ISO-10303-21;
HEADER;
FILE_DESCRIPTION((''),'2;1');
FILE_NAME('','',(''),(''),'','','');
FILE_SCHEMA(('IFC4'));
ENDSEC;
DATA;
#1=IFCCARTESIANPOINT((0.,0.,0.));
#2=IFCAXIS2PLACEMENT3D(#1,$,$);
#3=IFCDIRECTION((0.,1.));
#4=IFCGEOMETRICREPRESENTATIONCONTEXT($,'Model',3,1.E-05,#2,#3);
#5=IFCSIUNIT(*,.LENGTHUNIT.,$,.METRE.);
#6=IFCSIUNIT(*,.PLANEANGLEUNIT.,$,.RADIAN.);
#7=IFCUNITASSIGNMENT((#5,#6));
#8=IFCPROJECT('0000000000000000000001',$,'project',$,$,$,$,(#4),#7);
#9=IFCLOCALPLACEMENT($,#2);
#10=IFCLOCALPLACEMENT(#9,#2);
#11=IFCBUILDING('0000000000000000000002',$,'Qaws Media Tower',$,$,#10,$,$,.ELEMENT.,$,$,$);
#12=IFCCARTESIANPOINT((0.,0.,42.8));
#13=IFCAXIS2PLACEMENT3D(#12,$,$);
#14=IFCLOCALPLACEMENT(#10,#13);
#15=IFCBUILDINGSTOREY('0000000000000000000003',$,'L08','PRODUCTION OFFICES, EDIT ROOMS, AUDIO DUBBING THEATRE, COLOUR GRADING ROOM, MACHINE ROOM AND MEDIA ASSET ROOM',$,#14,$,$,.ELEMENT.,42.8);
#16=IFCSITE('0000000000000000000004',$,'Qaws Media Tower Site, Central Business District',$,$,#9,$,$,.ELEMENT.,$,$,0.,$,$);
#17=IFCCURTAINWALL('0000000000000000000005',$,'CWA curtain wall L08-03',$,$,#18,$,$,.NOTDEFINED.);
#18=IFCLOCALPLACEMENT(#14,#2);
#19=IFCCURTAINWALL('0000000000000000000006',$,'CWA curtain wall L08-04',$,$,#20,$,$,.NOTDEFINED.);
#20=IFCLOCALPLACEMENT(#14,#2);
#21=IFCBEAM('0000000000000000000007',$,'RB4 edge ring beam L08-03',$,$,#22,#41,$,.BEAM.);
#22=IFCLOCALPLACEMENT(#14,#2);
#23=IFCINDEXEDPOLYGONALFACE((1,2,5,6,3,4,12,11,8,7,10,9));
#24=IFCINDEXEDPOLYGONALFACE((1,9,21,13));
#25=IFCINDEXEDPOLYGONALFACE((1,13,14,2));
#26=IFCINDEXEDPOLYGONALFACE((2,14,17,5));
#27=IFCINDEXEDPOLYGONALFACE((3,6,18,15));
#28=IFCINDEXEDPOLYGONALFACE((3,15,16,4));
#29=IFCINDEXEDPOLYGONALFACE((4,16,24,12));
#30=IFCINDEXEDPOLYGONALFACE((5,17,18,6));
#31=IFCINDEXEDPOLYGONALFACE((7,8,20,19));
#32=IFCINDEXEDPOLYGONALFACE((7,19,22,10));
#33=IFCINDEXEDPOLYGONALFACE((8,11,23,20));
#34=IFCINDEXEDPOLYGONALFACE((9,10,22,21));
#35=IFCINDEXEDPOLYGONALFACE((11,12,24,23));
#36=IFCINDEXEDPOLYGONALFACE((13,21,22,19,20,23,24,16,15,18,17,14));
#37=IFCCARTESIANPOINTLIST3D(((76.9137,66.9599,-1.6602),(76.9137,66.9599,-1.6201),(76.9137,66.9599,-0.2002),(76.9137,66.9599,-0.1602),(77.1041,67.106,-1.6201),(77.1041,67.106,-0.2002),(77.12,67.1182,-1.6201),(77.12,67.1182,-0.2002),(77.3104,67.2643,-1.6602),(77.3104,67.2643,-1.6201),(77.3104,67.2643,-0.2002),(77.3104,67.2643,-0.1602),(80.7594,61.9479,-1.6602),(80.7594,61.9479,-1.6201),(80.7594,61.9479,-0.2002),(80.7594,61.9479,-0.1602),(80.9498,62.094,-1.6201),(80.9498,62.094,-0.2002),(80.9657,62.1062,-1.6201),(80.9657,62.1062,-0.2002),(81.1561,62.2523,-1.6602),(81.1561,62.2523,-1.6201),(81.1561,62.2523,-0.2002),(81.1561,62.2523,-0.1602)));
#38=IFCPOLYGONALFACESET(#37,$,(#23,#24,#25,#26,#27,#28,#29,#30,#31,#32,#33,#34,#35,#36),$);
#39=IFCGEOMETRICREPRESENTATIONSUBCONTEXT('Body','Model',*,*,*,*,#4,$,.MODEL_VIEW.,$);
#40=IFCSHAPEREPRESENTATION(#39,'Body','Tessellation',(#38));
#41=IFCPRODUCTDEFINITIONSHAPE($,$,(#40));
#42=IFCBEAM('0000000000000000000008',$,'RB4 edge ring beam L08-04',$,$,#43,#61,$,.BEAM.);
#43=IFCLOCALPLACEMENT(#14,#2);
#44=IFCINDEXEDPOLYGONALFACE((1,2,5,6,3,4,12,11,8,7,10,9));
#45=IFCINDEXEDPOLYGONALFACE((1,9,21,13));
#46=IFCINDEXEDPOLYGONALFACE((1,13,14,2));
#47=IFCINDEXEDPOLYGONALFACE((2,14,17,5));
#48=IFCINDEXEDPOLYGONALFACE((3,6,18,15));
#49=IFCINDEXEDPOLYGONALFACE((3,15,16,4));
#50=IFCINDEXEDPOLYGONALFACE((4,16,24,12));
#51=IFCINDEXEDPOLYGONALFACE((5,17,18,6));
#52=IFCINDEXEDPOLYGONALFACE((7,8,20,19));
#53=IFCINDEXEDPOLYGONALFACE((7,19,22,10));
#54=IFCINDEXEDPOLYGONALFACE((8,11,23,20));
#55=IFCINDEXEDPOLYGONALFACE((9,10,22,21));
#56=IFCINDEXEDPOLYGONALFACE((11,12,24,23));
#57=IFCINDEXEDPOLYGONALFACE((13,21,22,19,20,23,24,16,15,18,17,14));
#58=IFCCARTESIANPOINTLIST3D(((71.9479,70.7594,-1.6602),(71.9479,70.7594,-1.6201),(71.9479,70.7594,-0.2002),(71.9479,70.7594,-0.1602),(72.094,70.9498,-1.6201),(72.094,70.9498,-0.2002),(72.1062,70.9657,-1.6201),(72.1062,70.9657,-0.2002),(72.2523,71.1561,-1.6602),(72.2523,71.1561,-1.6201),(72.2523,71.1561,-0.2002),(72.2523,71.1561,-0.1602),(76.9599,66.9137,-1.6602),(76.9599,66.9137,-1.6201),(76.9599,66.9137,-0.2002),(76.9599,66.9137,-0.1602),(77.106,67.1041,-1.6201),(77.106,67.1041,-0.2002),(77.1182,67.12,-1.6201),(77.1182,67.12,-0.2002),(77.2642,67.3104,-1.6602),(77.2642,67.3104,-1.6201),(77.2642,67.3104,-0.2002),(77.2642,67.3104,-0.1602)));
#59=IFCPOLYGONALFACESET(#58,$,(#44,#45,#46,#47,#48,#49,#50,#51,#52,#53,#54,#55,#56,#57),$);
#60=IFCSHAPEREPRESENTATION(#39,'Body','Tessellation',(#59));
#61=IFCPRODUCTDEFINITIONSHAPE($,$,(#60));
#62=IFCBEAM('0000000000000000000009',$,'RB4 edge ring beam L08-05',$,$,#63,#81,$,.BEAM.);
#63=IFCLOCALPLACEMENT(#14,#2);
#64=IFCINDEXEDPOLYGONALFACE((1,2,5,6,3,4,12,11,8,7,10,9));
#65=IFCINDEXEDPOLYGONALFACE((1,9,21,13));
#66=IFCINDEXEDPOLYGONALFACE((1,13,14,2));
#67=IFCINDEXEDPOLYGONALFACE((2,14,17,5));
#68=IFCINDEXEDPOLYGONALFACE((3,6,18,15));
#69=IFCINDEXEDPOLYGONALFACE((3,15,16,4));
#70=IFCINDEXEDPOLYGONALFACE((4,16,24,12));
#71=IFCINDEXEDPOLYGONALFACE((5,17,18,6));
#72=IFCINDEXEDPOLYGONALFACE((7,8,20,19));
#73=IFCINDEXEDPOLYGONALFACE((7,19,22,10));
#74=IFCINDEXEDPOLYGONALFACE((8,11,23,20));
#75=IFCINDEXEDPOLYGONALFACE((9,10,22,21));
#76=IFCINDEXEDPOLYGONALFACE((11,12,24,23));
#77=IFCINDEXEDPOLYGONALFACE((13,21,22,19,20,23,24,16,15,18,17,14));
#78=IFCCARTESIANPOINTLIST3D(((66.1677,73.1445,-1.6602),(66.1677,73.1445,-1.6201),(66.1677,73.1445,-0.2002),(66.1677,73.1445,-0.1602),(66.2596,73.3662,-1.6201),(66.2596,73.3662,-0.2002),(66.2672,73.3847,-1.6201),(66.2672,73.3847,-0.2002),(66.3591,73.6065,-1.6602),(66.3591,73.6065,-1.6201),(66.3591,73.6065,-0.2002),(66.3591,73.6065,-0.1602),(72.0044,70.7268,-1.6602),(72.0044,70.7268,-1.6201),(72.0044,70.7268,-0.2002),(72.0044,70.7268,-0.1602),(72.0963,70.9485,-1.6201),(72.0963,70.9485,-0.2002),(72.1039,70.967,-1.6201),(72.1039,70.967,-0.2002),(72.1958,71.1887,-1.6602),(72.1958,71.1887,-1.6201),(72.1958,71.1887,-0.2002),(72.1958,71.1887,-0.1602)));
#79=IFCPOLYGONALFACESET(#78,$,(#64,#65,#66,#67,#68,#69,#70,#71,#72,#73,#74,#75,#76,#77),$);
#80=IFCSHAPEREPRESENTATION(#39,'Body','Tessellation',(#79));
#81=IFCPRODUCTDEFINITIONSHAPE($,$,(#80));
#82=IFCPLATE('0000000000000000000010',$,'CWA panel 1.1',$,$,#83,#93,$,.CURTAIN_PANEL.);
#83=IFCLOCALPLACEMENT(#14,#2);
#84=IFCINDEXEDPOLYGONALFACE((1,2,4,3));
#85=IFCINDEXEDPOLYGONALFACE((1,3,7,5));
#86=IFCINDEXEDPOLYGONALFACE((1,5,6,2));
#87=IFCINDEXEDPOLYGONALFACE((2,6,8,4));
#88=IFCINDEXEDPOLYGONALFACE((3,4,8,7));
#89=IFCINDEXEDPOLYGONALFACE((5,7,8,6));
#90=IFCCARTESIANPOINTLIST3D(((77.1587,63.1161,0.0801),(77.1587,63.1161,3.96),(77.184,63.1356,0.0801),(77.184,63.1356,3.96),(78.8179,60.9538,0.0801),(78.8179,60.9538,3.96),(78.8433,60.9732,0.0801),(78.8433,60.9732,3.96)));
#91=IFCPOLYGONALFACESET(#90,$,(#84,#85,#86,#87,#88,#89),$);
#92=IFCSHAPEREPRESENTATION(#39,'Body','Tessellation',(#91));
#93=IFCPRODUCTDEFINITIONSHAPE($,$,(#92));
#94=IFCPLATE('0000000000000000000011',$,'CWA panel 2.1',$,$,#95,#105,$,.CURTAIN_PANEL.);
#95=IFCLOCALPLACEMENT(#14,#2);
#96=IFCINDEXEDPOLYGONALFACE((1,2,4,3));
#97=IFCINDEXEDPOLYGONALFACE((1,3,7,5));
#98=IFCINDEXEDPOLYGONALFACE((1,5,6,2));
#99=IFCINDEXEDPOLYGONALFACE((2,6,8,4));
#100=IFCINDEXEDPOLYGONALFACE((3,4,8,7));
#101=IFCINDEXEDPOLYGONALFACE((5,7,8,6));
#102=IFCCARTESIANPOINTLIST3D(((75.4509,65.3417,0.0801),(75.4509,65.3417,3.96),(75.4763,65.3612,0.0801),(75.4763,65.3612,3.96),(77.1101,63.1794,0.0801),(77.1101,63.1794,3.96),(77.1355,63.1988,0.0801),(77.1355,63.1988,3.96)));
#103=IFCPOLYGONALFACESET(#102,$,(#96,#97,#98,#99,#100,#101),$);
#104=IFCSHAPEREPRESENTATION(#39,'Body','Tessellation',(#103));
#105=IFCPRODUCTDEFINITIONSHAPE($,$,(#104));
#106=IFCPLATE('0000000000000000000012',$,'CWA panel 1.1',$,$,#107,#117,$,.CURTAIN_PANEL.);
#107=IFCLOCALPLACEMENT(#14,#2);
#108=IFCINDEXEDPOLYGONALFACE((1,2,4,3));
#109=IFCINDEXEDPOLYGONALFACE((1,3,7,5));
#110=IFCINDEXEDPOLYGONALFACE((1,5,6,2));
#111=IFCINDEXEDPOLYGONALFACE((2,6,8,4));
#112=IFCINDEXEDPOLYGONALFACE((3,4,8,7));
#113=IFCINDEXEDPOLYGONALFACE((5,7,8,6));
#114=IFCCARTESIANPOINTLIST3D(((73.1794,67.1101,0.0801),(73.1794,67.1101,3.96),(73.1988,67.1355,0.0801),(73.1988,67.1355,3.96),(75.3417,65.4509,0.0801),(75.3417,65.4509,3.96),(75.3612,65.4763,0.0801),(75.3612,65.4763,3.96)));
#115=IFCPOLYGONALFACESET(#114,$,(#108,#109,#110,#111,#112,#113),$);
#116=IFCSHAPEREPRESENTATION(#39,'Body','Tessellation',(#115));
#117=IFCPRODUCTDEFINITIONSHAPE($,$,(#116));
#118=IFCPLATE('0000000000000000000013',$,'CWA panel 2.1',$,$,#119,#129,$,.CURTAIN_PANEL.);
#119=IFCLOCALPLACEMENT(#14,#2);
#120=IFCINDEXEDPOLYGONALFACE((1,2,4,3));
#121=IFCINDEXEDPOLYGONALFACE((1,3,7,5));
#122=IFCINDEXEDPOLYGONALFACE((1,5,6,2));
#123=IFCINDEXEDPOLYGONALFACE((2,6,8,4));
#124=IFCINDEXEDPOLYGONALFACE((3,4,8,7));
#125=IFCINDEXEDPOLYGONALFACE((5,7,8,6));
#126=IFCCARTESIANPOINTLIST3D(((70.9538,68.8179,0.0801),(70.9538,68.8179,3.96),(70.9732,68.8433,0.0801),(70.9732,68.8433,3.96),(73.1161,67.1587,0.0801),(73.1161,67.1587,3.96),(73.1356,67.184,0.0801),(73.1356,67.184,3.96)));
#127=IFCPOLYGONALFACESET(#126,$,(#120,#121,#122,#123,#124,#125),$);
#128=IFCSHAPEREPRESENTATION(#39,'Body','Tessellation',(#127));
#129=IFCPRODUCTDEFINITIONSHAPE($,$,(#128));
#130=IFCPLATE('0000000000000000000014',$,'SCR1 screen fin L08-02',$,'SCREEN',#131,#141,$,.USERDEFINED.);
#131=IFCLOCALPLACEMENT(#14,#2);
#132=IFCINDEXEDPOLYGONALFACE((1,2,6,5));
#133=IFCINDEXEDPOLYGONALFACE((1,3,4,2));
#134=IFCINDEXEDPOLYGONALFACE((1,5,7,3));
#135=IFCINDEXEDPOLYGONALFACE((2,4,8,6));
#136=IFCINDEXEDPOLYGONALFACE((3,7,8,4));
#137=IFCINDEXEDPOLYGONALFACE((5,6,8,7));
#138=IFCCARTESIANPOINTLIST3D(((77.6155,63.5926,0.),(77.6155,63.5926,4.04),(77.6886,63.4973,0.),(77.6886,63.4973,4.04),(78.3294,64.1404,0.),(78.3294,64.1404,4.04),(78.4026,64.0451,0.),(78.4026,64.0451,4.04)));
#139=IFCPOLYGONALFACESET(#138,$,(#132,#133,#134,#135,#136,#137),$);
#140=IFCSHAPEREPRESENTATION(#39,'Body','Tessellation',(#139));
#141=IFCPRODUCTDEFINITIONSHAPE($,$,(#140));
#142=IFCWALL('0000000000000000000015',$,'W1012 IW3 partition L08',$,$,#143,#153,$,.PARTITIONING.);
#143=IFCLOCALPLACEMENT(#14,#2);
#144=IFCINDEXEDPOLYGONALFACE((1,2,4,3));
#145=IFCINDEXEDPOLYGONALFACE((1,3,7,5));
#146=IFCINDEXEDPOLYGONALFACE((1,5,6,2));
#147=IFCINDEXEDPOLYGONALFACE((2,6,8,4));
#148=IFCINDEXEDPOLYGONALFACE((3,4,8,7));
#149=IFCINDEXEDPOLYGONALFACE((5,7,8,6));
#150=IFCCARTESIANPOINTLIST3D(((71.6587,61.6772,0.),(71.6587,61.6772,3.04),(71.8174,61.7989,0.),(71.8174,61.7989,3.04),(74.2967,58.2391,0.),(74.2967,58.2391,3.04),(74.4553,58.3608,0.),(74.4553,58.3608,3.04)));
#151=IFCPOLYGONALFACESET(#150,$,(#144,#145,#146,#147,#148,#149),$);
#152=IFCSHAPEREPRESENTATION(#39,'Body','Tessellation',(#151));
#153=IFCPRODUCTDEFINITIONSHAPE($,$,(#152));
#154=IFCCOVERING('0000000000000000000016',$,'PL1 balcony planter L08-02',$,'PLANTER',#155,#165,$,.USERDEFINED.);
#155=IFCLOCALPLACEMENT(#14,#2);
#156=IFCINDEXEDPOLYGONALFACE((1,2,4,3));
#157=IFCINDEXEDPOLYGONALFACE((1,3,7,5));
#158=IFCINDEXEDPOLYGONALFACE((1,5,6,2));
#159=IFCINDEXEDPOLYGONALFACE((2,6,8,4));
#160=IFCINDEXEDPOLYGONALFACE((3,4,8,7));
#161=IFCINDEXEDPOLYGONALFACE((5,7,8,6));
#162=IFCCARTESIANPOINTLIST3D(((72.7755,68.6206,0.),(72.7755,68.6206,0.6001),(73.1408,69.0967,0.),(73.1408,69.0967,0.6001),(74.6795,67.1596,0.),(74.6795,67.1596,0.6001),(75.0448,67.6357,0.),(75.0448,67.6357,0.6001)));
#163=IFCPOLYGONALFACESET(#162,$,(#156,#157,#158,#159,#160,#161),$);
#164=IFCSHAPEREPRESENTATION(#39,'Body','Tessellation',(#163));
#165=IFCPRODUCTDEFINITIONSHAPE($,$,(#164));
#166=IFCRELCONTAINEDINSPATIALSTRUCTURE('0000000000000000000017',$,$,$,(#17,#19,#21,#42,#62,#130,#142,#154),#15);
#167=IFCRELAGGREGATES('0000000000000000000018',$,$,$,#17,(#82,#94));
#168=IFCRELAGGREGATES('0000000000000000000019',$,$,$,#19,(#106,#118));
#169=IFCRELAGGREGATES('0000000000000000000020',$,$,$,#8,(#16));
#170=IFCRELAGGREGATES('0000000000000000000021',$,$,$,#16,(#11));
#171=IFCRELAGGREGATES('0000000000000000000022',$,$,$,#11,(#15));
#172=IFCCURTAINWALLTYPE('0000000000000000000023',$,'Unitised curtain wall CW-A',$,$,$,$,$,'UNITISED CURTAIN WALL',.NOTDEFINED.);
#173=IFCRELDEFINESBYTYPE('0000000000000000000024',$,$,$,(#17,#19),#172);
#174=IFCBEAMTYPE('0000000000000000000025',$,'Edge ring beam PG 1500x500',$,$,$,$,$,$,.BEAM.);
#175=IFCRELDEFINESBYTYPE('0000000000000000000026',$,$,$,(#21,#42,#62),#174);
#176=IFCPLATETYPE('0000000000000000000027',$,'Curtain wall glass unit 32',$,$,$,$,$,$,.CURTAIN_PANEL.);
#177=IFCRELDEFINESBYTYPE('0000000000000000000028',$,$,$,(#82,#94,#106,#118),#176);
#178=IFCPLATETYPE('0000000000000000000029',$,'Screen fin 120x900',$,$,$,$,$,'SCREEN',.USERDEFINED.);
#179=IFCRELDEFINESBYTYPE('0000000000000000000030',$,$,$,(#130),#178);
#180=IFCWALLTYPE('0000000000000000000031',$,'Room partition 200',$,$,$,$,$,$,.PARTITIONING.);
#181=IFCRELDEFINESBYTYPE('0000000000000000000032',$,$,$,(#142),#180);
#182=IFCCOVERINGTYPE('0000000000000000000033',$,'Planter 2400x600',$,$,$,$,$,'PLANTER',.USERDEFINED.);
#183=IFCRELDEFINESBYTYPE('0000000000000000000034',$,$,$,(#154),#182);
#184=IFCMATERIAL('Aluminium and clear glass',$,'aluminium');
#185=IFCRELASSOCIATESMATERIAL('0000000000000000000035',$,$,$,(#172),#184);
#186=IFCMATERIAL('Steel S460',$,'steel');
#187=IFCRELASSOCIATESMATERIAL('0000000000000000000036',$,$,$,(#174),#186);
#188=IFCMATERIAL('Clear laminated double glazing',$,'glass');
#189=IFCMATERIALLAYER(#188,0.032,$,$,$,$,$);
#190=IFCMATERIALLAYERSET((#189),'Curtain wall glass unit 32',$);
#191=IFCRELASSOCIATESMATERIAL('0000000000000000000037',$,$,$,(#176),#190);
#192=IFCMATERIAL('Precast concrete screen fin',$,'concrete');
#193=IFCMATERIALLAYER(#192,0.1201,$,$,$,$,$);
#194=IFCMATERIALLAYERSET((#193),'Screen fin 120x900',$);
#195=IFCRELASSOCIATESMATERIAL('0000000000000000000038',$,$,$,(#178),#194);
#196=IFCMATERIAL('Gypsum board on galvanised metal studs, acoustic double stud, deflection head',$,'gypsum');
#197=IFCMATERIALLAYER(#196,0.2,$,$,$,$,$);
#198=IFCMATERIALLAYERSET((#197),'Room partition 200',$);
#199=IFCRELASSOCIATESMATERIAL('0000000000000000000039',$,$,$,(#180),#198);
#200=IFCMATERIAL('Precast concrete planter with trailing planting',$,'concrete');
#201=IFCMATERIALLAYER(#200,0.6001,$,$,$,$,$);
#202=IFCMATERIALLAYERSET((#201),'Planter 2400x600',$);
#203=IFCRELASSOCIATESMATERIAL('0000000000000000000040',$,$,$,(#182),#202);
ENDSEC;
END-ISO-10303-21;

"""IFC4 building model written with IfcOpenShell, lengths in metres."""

from ifc_helpers import new_model, si_unit, direction, frame, frame_2d, origin, origin_2d, place, context, subcontext, project, spatial, rectangle, i_section, extrude, material, layer, layer_set, material_profile, profile_set, type_object, element, aggregate, save


model = new_model("IFC4")

# Units and contexts
model_context = context("Model", 3, precision=1e-05, world=origin(), true_north=direction((0.0, 1.0)))
body_context = subcontext(model_context, "Body", "Model", "MODEL_VIEW")
ifc_project = project(units=[si_unit("LENGTHUNIT", "METRE"), si_unit("PLANEANGLEUNIT", "RADIAN")], contexts=[model_context])

# Site, building, storey
site_placement = place(None, origin())
site = spatial("IfcSite", under=ifc_project, at=site_placement, Name="Qaws Media Tower Site, Central Business District", CompositionType="ELEMENT", RefElevation=0.0)
building_placement = place(site_placement, origin())
building = spatial("IfcBuilding", under=site, at=building_placement, Name="Qaws Media Tower", CompositionType="ELEMENT")
storey_placement = place(building_placement, frame((0.0, 0.0, 42.8)))
storey = spatial("IfcBuildingStorey", under=building, at=storey_placement, Name="L08", Description="PRODUCTION OFFICES, EDIT ROOMS, AUDIO DUBBING THEATRE, COLOUR GRADING ROOM, MACHINE ROOM AND MEDIA ASSET ROOM", CompositionType="ELEMENT", Elevation=42.8)

# Shared definitions
ifc_material_1 = material(Name="Aluminium and clear glass", Category="aluminium")
curtain_wall_type = type_object("IfcCurtainWallType", Name="Unitised curtain wall CW-A", ElementType="UNITISED CURTAIN WALL", PredefinedType="NOTDEFINED", material=ifc_material_1)

# Curtain walls
curtain_wall_1_placement = place(storey_placement, origin())
curtain_wall_1 = element("IfcCurtainWall", 1, at=curtain_wall_1_placement, inside=storey, type_object=curtain_wall_type, Name="CWA curtain wall L08-03", PredefinedType="NOTDEFINED")
curtain_wall_2_placement = place(storey_placement, origin())
curtain_wall_2 = element("IfcCurtainWall", 2, at=curtain_wall_2_placement, inside=storey, type_object=curtain_wall_type, Name="CWA curtain wall L08-04", PredefinedType="NOTDEFINED")

# Beams
ifc_material_2 = material(Name="Steel S460", Category="steel")
ifc_material_profile_1 = material_profile(ifc_material_2, i_section(OverallWidth=0.5, OverallDepth=1.5, WebThickness=0.02, FlangeThickness=0.04, at=origin_2d()), Name="PG 1500x500")
ifc_profile_set_1 = profile_set([ifc_material_profile_1], Name="Steel S460")
beam_type = type_object("IfcBeamType", Name="Edge ring beam PG 1500x500", PredefinedType="BEAM", material=ifc_profile_set_1)
for number, where, z_axis, x_axis, name in (
    (3, (80.9578, 62.1001, -0.9102), (-0.60875, 0.793362, 0.0), (-0.793362, -0.60875, 0.0), "RB4 edge ring beam L08-03"),
    (4, (77.1121, 67.1121, -0.9102), (-0.793362, 0.60875, 0.0), (-0.60875, -0.793362, 0.0), "RB4 edge ring beam L08-04"),
):
    element("IfcBeam", number, at=place(storey_placement, frame(where, z_axis=z_axis, x_axis=x_axis)), inside=storey, type_object=beam_type, Name=name, PredefinedType="BEAM", context=body_context, shape_type="SweptSolid", body=[
        extrude(i_section(OverallWidth=0.5, OverallDepth=1.5, WebThickness=0.02, FlangeThickness=0.04, at=origin_2d()), origin(), (0.0, 0.0, 1.0), 6.3174),
    ])
beam_placement = place(storey_placement, frame((72.1001, 70.9578, -0.9102), z_axis=(-0.923874, 0.382697, 0.0), x_axis=(-0.382697, -0.923874, 0.0)))
element("IfcBeam", 5, at=beam_placement, inside=storey, type_object=beam_type, Name="RB4 edge ring beam L08-05", PredefinedType="BEAM", context=body_context, shape_type="SweptSolid", body=[
    extrude(i_section(OverallWidth=0.5, OverallDepth=1.5, WebThickness=0.02, FlangeThickness=0.04, at=origin_2d()), origin(), (0.0, 0.0, 1.0), 6.3176),
])

# Plates
ifc_material_3 = material(Name="Clear laminated double glazing", Category="glass")
ifc_layer_1 = layer(ifc_material_3, 0.032)
ifc_layer_set_1 = layer_set([ifc_layer_1], Name="Curtain wall glass unit 32")
plate_type_1 = type_object("IfcPlateType", Name="Curtain wall glass unit 32", PredefinedType="CURTAIN_PANEL", material=ifc_layer_set_1)
plate_1_placement = place(storey_placement, frame((78.001, 62.0447, 0.0801), z_axis=(0.0, 0.0, 1.0), x_axis=(-0.608761, 0.793353, 0.0)))
plate_1 = element("IfcPlate", 6, at=plate_1_placement, type_object=plate_type_1, Name="CWA panel 1.1", PredefinedType="CURTAIN_PANEL", context=body_context, shape_type="SweptSolid", body=[
    extrude(rectangle(XDim=2.7256, YDim=0.032, at=origin_2d()), origin(), (0.0, 0.0, 1.0), 3.8799),
])
plate_2_placement = place(storey_placement, frame((76.2932, 64.2703, 0.0801), z_axis=(0.0, 0.0, 1.0), x_axis=(-0.608761, 0.793353, 0.0)))
plate_2 = element("IfcPlate", 7, at=plate_2_placement, type_object=plate_type_1, Name="CWA panel 2.1", PredefinedType="CURTAIN_PANEL", context=body_context, shape_type="SweptSolid", body=[
    extrude(rectangle(XDim=2.7256, YDim=0.032, at=origin_2d()), origin(), (0.0, 0.0, 1.0), 3.8799),
])
aggregate(curtain_wall_1, [plate_1, plate_2])
plate_3_placement = place(storey_placement, frame((74.2703, 66.2932, 0.0801), z_axis=(0.0, 0.0, 1.0), x_axis=(-0.793353, 0.608761, 0.0)))
plate_3 = element("IfcPlate", 8, at=plate_3_placement, type_object=plate_type_1, Name="CWA panel 1.1", PredefinedType="CURTAIN_PANEL", context=body_context, shape_type="SweptSolid", body=[
    extrude(rectangle(XDim=2.7256, YDim=0.032, at=origin_2d()), origin(), (0.0, 0.0, 1.0), 3.8799),
])
plate_4_placement = place(storey_placement, frame((72.0447, 68.001, 0.0801), z_axis=(0.0, 0.0, 1.0), x_axis=(-0.793353, 0.608761, 0.0)))
plate_4 = element("IfcPlate", 9, at=plate_4_placement, type_object=plate_type_1, Name="CWA panel 2.1", PredefinedType="CURTAIN_PANEL", context=body_context, shape_type="SweptSolid", body=[
    extrude(rectangle(XDim=2.7256, YDim=0.032, at=origin_2d()), origin(), (0.0, 0.0, 1.0), 3.8799),
])
aggregate(curtain_wall_2, [plate_3, plate_4])
ifc_material_4 = material(Name="Precast concrete screen fin", Category="concrete")
ifc_layer_2 = layer(ifc_material_4, 0.1201)
ifc_layer_set_2 = layer_set([ifc_layer_2], Name="Screen fin 120x900")
plate_type_2 = type_object("IfcPlateType", Name="Screen fin 120x900", ElementType="SCREEN", PredefinedType="USERDEFINED", material=ifc_layer_set_2)
plate_5_placement = place(storey_placement, frame((78.009, 63.8188, 0.0), z_axis=(0.0, 0.0, 1.0), x_axis=(0.793353, 0.608761, 0.0)))
element("IfcPlate", 10, at=plate_5_placement, inside=storey, type_object=plate_type_2, Name="SCR1 screen fin L08-02", ObjectType="SCREEN", PredefinedType="USERDEFINED", context=body_context, shape_type="SweptSolid", body=[
    extrude(rectangle(XDim=0.8999, YDim=0.1201, at=origin_2d()), origin(), (0.0, 0.0, 1.0), 4.04),
])

# Wall
ifc_material_5 = material(Name="Gypsum board on galvanised metal studs, acoustic double stud, deflection head", Category="gypsum")
ifc_layer_3 = layer(ifc_material_5, 0.2)
ifc_layer_set_3 = layer_set([ifc_layer_3], Name="Room partition 200")
wall_type = type_object("IfcWallType", Name="Room partition 200", PredefinedType="PARTITIONING", material=ifc_layer_set_3)
wall_placement = place(storey_placement, frame((71.738, 61.738, 0.0), z_axis=(0.0, 0.0, 1.0), x_axis=(0.608744, -0.793367, 0.0)))
element("IfcWall", 11, at=wall_placement, inside=storey, type_object=wall_type, Name="W1012 IW3 partition L08", PredefinedType="PARTITIONING", context=body_context, shape_type="SweptSolid", body=[
    extrude(rectangle(XDim=4.3335, YDim=0.2, at=frame_2d((2.1667, 0.0))), origin(), (0.0, 0.0, 1.0), 3.04),
])

# Covering
ifc_material_6 = material(Name="Precast concrete planter with trailing planting", Category="concrete")
ifc_layer_4 = layer(ifc_material_6, 0.6001)
ifc_layer_set_4 = layer_set([ifc_layer_4], Name="Planter 2400x600")
covering_type = type_object("IfcCoveringType", Name="Planter 2400x600", ElementType="PLANTER", PredefinedType="USERDEFINED", material=ifc_layer_set_4)
covering_placement = place(storey_placement, frame((73.9102, 68.1282, 0.0), z_axis=(0.0, 0.0, 1.0), x_axis=(-0.793353, 0.608761, 0.0)))
element("IfcCovering", 12, at=covering_placement, inside=storey, type_object=covering_type, Name="PL1 balcony planter L08-02", ObjectType="PLANTER", PredefinedType="USERDEFINED", context=body_context, shape_type="SweptSolid", body=[
    extrude(rectangle(XDim=2.3999, YDim=0.6001, at=origin_2d()), origin(), (0.0, 0.0, 1.0), 0.6001),
])

save(model, "model.ifc")
